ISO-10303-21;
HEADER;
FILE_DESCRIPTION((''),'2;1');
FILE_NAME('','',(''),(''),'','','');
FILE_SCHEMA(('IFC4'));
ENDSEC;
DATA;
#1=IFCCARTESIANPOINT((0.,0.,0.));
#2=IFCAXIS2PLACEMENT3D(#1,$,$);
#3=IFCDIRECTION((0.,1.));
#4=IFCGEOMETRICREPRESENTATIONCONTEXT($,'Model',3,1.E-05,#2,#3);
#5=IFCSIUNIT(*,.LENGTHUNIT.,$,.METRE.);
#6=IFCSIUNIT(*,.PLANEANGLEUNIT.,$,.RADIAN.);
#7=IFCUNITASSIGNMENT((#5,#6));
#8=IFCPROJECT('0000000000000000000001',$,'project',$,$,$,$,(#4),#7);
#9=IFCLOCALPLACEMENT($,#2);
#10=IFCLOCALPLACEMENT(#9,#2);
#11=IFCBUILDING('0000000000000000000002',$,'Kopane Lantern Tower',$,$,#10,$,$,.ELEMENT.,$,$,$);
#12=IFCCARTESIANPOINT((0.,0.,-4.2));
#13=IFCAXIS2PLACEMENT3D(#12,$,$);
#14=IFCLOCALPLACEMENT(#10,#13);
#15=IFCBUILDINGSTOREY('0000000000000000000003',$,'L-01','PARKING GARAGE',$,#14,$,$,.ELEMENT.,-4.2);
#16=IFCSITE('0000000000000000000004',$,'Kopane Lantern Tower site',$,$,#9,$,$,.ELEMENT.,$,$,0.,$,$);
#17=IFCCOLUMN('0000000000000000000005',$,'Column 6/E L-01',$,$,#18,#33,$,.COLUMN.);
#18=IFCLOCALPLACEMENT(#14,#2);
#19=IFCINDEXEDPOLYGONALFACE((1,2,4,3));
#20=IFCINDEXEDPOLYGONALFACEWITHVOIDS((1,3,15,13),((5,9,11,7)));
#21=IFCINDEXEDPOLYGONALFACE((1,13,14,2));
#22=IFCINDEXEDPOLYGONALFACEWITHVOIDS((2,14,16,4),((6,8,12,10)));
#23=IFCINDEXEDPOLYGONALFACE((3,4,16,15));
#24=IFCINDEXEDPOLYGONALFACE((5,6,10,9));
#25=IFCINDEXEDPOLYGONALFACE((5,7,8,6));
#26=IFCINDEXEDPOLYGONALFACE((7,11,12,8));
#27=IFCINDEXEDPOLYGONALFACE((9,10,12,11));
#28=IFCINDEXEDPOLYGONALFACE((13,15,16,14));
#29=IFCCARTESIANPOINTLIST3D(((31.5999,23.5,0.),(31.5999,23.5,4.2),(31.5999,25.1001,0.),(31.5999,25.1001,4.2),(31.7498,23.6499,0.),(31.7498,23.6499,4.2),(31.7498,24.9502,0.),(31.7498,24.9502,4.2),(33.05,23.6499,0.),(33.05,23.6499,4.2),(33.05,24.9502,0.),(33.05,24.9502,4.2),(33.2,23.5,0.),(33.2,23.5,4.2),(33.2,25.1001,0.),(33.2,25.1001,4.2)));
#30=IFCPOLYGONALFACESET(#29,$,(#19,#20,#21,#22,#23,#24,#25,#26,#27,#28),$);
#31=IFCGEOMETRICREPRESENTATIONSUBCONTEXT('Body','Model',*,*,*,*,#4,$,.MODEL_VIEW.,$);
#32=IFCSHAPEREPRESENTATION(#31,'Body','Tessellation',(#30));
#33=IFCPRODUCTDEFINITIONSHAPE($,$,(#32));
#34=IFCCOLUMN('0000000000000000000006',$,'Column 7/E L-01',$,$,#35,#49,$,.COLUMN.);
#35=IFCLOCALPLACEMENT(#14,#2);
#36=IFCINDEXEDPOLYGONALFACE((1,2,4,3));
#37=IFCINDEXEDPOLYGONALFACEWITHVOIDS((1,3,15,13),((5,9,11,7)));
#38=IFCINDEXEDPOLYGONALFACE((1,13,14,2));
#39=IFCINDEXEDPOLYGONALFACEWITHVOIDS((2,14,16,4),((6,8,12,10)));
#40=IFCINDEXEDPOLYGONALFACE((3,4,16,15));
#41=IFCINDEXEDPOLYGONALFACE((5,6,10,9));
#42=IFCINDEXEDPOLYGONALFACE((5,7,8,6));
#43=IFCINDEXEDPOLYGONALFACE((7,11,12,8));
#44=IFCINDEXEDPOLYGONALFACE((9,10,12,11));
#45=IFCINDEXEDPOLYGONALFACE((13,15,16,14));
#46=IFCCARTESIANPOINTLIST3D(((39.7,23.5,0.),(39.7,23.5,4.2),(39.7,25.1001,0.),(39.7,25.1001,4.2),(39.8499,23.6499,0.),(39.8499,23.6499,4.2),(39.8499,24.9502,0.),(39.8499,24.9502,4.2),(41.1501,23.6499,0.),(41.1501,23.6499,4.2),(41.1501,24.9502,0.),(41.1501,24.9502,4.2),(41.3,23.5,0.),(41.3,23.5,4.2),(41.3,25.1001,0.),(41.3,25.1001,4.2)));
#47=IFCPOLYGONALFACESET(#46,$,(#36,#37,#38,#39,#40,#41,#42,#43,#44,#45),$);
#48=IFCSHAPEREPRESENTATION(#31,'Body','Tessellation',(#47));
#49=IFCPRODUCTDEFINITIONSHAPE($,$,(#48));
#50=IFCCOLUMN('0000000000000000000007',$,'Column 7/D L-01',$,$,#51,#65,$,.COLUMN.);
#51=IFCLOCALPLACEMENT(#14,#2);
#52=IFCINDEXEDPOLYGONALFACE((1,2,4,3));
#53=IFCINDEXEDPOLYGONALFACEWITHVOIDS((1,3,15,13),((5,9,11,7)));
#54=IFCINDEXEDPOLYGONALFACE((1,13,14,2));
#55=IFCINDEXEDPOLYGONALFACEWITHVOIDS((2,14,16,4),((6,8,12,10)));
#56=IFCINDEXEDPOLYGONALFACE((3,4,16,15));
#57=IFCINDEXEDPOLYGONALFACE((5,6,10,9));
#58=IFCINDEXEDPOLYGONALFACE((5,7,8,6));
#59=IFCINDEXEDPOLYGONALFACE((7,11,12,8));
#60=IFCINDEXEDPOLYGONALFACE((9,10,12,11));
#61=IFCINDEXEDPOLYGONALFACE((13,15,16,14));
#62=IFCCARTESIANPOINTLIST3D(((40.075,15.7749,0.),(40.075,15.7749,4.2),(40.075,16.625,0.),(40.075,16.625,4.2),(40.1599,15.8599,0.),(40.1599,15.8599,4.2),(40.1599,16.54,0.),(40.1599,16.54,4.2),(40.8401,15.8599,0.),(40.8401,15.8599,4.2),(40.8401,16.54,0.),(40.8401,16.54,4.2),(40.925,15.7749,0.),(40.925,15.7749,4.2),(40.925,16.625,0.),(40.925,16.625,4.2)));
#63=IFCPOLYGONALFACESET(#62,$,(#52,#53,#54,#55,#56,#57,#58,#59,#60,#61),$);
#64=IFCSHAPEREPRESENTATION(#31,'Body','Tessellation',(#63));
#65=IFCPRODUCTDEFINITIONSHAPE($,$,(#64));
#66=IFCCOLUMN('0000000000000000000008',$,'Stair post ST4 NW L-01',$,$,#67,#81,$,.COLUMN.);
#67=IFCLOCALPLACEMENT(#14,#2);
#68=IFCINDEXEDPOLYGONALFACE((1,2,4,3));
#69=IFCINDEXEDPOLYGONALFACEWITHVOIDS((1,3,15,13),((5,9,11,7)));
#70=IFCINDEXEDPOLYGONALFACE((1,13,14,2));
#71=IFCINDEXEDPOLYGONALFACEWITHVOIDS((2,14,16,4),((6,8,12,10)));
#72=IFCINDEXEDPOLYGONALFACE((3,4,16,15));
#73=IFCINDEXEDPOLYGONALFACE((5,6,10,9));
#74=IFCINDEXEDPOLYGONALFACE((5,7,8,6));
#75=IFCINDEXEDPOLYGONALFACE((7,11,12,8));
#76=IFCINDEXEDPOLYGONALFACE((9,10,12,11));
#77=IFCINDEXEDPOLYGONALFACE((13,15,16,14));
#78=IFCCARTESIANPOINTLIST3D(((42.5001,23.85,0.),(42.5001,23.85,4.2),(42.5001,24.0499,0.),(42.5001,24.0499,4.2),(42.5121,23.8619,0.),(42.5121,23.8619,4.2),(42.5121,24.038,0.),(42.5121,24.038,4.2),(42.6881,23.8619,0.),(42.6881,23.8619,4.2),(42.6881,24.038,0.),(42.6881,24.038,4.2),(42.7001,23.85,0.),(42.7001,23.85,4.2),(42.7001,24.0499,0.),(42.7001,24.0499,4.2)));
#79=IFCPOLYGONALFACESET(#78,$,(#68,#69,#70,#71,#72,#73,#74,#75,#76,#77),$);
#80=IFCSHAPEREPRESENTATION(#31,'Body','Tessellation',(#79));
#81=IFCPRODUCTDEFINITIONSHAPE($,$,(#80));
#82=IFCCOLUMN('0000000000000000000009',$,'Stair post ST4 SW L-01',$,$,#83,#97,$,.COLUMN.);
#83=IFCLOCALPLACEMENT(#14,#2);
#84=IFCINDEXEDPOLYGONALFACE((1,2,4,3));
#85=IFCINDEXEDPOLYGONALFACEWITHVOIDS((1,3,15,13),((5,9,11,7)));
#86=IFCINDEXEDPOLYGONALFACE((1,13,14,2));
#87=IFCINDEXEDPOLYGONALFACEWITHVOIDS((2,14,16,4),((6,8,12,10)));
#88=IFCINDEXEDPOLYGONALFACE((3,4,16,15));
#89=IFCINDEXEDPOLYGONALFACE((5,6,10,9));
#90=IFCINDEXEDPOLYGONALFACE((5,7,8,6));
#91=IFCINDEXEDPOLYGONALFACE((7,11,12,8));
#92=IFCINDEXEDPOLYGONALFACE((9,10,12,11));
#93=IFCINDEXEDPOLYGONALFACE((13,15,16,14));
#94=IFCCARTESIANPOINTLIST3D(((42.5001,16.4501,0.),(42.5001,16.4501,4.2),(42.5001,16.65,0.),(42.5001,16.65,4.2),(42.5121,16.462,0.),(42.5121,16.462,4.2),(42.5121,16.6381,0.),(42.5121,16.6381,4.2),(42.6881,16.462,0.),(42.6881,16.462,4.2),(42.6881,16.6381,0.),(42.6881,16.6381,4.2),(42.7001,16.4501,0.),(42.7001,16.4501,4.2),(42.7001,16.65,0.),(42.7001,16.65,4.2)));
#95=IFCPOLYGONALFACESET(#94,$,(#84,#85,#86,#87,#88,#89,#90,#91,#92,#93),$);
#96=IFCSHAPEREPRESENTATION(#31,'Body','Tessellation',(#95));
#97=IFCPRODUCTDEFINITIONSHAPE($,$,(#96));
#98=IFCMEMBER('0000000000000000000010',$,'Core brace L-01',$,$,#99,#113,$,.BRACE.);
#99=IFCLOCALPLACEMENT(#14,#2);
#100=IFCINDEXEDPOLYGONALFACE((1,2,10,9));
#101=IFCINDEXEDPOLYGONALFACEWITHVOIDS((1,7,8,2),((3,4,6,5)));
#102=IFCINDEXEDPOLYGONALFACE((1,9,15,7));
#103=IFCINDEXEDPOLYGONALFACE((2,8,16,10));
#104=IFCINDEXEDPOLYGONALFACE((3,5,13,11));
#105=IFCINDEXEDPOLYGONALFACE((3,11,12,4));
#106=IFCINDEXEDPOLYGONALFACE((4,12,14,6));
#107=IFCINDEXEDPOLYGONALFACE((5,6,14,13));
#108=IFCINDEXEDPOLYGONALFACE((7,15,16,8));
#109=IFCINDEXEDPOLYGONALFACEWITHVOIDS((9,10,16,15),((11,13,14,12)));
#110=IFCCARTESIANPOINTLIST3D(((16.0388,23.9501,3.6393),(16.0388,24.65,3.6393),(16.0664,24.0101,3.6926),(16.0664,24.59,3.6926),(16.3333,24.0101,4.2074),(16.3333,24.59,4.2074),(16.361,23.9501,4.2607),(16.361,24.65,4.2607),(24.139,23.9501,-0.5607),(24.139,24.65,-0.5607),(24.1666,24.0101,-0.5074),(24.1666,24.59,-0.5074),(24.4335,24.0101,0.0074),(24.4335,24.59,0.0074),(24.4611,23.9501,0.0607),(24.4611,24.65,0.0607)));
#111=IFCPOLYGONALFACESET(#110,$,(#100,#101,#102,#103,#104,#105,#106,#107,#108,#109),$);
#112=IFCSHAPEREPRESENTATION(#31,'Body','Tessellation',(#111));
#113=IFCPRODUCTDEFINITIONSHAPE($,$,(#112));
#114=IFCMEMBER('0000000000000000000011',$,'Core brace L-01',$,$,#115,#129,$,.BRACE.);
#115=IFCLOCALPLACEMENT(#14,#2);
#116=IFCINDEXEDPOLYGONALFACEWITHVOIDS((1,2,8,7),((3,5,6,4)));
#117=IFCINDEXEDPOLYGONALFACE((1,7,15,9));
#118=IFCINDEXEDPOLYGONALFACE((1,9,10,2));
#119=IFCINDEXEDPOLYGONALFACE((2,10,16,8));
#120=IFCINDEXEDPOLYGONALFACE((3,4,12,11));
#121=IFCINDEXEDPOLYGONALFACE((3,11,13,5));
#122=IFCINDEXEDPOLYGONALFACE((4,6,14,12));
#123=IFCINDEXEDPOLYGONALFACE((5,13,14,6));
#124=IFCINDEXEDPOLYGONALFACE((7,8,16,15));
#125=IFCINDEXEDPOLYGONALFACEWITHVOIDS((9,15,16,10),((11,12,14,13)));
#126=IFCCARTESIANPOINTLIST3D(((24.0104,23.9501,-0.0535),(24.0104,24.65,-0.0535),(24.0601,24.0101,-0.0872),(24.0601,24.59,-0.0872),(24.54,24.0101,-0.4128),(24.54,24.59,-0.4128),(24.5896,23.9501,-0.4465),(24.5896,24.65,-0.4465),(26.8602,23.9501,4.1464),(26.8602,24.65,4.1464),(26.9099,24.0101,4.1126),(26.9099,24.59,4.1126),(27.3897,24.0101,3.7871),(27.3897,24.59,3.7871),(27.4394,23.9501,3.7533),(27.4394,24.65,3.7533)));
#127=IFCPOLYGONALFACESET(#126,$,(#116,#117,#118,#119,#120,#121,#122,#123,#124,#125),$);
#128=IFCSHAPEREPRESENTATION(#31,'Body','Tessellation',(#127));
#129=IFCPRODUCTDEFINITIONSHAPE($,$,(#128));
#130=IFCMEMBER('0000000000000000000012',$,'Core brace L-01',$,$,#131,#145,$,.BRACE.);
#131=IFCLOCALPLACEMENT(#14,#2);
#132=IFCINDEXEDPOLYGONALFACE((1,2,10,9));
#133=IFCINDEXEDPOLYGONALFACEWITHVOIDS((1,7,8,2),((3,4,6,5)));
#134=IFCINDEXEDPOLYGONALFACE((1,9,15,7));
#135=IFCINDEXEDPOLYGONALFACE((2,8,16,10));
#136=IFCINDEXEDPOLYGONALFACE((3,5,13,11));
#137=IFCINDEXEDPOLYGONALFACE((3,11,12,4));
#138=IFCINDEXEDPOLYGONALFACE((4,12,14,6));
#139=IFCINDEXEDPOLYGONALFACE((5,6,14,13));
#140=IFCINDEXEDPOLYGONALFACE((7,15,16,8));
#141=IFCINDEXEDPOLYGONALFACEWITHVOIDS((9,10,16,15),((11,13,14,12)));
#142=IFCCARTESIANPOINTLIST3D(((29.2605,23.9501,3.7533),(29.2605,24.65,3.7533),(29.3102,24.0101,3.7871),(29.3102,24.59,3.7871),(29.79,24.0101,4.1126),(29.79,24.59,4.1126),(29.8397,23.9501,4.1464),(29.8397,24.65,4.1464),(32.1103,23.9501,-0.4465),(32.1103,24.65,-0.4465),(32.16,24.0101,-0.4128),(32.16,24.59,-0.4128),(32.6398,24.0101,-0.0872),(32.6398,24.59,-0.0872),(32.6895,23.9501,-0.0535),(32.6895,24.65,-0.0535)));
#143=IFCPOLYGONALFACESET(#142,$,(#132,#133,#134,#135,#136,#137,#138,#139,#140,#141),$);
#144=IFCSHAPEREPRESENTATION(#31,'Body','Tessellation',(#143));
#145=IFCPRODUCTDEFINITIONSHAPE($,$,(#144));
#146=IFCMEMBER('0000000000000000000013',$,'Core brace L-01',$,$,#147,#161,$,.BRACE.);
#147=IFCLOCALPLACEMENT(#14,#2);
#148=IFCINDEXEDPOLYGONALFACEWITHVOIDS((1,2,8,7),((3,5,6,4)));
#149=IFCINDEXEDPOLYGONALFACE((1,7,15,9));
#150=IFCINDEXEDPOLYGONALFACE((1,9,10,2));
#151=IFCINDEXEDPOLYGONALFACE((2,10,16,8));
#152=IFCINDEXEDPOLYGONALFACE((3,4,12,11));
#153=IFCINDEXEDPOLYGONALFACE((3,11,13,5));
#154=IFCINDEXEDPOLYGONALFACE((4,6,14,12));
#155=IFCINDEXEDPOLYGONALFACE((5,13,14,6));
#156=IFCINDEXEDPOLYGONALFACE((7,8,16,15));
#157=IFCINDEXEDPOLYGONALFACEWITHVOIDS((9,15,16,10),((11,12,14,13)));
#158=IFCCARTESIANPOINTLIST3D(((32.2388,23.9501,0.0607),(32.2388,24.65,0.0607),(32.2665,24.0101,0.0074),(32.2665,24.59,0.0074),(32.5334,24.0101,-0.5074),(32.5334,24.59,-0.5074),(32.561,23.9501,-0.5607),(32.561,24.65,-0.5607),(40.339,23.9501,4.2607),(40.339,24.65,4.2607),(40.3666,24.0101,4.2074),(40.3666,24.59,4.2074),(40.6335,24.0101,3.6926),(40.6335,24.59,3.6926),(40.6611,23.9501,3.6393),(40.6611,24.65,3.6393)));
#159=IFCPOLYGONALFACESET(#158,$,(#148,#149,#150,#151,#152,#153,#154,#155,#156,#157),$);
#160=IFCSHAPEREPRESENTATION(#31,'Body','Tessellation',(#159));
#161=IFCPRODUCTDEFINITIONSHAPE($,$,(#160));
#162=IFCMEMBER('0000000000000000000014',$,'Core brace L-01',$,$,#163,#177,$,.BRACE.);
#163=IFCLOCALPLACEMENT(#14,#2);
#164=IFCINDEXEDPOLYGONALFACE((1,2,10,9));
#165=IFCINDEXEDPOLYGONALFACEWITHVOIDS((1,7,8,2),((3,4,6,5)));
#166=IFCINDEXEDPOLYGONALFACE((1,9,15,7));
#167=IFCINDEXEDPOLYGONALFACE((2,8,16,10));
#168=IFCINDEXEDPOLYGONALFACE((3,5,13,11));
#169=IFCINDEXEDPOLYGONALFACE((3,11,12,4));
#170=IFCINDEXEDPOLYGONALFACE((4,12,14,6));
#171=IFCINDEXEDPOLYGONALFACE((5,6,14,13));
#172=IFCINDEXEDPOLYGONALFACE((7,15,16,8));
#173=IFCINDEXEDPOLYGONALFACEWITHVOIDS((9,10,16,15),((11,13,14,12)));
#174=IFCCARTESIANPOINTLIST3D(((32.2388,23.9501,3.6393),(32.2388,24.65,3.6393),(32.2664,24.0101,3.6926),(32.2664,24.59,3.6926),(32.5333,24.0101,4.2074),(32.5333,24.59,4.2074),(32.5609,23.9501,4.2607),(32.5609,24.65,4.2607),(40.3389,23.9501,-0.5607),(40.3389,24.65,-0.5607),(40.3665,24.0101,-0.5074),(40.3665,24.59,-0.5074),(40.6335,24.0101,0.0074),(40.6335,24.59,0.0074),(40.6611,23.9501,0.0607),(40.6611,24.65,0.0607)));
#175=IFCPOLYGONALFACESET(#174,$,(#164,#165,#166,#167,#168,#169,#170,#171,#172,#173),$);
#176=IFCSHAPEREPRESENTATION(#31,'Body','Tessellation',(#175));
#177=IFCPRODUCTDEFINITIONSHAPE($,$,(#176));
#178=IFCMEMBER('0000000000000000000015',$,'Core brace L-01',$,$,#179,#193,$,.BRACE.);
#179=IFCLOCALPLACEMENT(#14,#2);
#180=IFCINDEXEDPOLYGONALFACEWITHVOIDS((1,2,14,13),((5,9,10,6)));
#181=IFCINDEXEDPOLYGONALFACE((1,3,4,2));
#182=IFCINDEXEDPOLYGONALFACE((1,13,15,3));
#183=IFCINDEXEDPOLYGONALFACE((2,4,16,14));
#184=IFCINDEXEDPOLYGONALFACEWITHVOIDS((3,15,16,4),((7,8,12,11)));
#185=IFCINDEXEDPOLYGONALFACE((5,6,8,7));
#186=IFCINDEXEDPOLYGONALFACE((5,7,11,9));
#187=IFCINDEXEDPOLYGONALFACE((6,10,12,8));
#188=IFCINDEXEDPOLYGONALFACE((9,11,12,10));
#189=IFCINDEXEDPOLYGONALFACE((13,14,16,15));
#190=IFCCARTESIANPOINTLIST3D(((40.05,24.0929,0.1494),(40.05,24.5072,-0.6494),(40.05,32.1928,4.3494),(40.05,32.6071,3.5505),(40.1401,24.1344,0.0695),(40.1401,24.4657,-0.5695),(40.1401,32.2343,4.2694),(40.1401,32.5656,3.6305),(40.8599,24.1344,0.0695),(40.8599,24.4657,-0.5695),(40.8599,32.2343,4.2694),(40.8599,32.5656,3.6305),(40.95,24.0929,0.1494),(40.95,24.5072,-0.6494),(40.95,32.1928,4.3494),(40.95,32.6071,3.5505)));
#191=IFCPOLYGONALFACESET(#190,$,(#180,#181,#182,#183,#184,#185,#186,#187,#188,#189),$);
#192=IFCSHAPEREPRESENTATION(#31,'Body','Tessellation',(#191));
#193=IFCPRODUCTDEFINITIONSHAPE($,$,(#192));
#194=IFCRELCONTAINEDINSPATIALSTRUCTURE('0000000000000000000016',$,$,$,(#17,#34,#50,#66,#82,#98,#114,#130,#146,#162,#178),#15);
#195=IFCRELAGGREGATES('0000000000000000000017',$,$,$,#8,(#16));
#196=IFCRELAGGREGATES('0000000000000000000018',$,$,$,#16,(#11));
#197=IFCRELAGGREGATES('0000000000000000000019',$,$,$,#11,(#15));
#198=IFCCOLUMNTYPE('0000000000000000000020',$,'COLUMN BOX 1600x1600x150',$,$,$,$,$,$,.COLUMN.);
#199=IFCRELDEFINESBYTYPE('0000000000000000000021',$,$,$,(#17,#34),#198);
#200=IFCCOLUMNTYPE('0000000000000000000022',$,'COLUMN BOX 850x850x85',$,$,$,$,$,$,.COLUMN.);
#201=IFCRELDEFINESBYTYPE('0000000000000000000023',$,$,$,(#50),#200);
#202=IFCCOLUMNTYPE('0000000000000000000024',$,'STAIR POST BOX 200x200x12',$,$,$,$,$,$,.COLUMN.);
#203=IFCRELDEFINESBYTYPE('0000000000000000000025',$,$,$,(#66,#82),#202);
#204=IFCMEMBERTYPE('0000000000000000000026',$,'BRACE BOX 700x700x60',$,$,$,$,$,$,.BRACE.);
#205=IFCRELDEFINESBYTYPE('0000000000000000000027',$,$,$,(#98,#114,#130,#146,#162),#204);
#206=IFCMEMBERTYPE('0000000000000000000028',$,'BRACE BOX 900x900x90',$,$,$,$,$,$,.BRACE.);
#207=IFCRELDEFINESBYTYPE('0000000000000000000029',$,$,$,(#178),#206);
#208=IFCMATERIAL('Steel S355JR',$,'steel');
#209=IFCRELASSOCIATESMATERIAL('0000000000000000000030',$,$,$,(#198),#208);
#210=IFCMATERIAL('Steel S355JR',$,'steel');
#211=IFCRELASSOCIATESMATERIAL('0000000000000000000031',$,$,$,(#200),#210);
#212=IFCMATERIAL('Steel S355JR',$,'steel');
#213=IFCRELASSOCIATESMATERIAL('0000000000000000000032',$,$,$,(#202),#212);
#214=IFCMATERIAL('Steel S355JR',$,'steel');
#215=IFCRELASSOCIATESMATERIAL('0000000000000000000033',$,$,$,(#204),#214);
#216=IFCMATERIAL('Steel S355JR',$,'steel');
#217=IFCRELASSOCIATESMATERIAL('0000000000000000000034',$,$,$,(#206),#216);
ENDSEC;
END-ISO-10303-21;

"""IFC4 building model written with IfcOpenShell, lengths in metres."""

from ifc_helpers import new_model, si_unit, direction, frame, origin, origin_2d, place, context, subcontext, project, spatial, hollow_rectangle, extrude, material, material_profile, profile_set, type_object, element, save


model = new_model("IFC4")

# Units and contexts
model_context = context("Model", 3, precision=1e-05, world=origin(), true_north=direction((0.0, 1.0)))
body_context = subcontext(model_context, "Body", "Model", "MODEL_VIEW")
ifc_project = project(units=[si_unit("LENGTHUNIT", "METRE"), si_unit("PLANEANGLEUNIT", "RADIAN")], contexts=[model_context])

# Site, building, storey
site_placement = place(None, origin())
site = spatial("IfcSite", under=ifc_project, at=site_placement, Name="Kopane Lantern Tower site", CompositionType="ELEMENT", RefElevation=0.0)
building_placement = place(site_placement, origin())
building = spatial("IfcBuilding", under=site, at=building_placement, Name="Kopane Lantern Tower", CompositionType="ELEMENT")
storey_placement = place(building_placement, frame((0.0, 0.0, -4.2)))
storey = spatial("IfcBuildingStorey", under=building, at=storey_placement, Name="L-01", Description="PARKING GARAGE", CompositionType="ELEMENT", Elevation=-4.2)

# Columns
ifc_material_1 = material(Name="Steel S355JR", Category="steel")
ifc_material_profile_1 = material_profile(ifc_material_1, hollow_rectangle(XDim=1.6001, YDim=1.6001, WallThickness=0.1499, at=origin_2d()), Name="BOX 1600x1600x150")
ifc_profile_set_1 = profile_set([ifc_material_profile_1], Name="Steel S355JR")
column_type_1 = type_object("IfcColumnType", Name="COLUMN BOX 1600x1600x150", PredefinedType="COLUMN", material=ifc_profile_set_1)
for number, where, z_axis, x_axis, name in (
    (1, (32.3999, 24.3, 0.0), (0.0, 0.0, 1.0), (1.0, 0.0, 0.0), "Column 6/E L-01"),
    (2, (40.5, 24.3, 0.0), (0.0, 0.0, 1.0), (1.0, 0.0, 0.0), "Column 7/E L-01"),
):
    element("IfcColumn", number, at=place(storey_placement, frame(where, z_axis=z_axis, x_axis=x_axis)), inside=storey, type_object=column_type_1, Name=name, PredefinedType="COLUMN", context=body_context, shape_type="SweptSolid", body=[
        extrude(hollow_rectangle(XDim=1.6001, YDim=1.6001, WallThickness=0.1499, at=origin_2d()), origin(), (0.0, 0.0, 1.0), 4.2),
    ])
ifc_material_2 = material(Name="Steel S355JR", Category="steel")
ifc_material_profile_2 = material_profile(ifc_material_2, hollow_rectangle(XDim=0.8501, YDim=0.8501, WallThickness=0.085, at=origin_2d()), Name="BOX 850x850x85")
ifc_profile_set_2 = profile_set([ifc_material_profile_2], Name="Steel S355JR")
column_type_2 = type_object("IfcColumnType", Name="COLUMN BOX 850x850x85", PredefinedType="COLUMN", material=ifc_profile_set_2)
column_placement = place(storey_placement, frame((40.5, 16.2, 0.0), z_axis=(0.0, 0.0, 1.0), x_axis=(1.0, 0.0, 0.0)))
element("IfcColumn", 3, at=column_placement, inside=storey, type_object=column_type_2, Name="Column 7/D L-01", PredefinedType="COLUMN", context=body_context, shape_type="SweptSolid", body=[
    extrude(hollow_rectangle(XDim=0.8501, YDim=0.8501, WallThickness=0.085, at=origin_2d()), origin(), (0.0, 0.0, 1.0), 4.2),
])
ifc_material_3 = material(Name="Steel S355JR", Category="steel")
ifc_material_profile_3 = material_profile(ifc_material_3, hollow_rectangle(XDim=0.2, YDim=0.2, WallThickness=0.012, at=origin_2d()), Name="BOX 200x200x12")
ifc_profile_set_3 = profile_set([ifc_material_profile_3], Name="Steel S355JR")
column_type_3 = type_object("IfcColumnType", Name="STAIR POST BOX 200x200x12", PredefinedType="COLUMN", material=ifc_profile_set_3)
for number, where, z_axis, x_axis, name in (
    (4, (42.6001, 23.95, 0.0), (0.0, 0.0, 1.0), (1.0, 0.0, 0.0), "Stair post ST4 NW L-01"),
    (5, (42.6001, 16.55, 0.0), (0.0, 0.0, 1.0), (1.0, 0.0, 0.0), "Stair post ST4 SW L-01"),
):
    element("IfcColumn", number, at=place(storey_placement, frame(where, z_axis=z_axis, x_axis=x_axis)), inside=storey, type_object=column_type_3, Name=name, PredefinedType="COLUMN", context=body_context, shape_type="SweptSolid", body=[
        extrude(hollow_rectangle(XDim=0.2, YDim=0.2, WallThickness=0.012, at=origin_2d()), origin(), (0.0, 0.0, 1.0), 4.2),
    ])

# Members
ifc_material_4 = material(Name="Steel S355JR", Category="steel")
ifc_material_profile_4 = material_profile(ifc_material_4, hollow_rectangle(XDim=0.7, YDim=0.7, WallThickness=0.0601, at=origin_2d()), Name="BOX 700x700x60")
ifc_profile_set_4 = profile_set([ifc_material_profile_4], Name="Steel S355JR")
member_type_1 = type_object("IfcMemberType", Name="BRACE BOX 700x700x60", PredefinedType="BRACE", material=ifc_profile_set_4)
member_1_placement = place(storey_placement, frame((24.3, 24.3, -0.25), z_axis=(-0.887759, 0.0, 0.460309), x_axis=(0.0, -1.0, 0.0)))
element("IfcMember", 6, at=member_1_placement, inside=storey, type_object=member_type_1, Name="Core brace L-01", PredefinedType="BRACE", context=body_context, shape_type="SweptSolid", body=[
    extrude(hollow_rectangle(XDim=0.7, YDim=0.7, WallThickness=0.0601, at=origin_2d()), origin(), (0.0, 0.0, 1.0), 9.1243),
])
for number, where, z_axis, x_axis, name in (
    (7, (24.3, 24.3, -0.25), (0.561486, 0.0, 0.827486), (0.0, 1.0, 0.0), "Core brace L-01"),
    (8, (32.3999, 24.3, -0.25), (-0.561486, 0.0, 0.827486), (0.0, -1.0, 0.0), "Core brace L-01"),
):
    element("IfcMember", number, at=place(storey_placement, frame(where, z_axis=z_axis, x_axis=x_axis)), inside=storey, type_object=member_type_1, Name=name, PredefinedType="BRACE", context=body_context, shape_type="SweptSolid", body=[
        extrude(hollow_rectangle(XDim=0.7, YDim=0.7, WallThickness=0.0601, at=origin_2d()), origin(), (0.0, 0.0, 1.0), 5.0754),
    ])
for number, where, z_axis, x_axis, name in (
    (9, (32.3999, 24.3, -0.25), (0.887759, 0.0, 0.460309), (0.0, 1.0, 0.0), "Core brace L-01"),
    (10, (40.5, 24.3, -0.25), (-0.887759, 0.0, 0.460309), (0.0, -1.0, 0.0), "Core brace L-01"),
):
    element("IfcMember", number, at=place(storey_placement, frame(where, z_axis=z_axis, x_axis=x_axis)), inside=storey, type_object=member_type_1, Name=name, PredefinedType="BRACE", context=body_context, shape_type="SweptSolid", body=[
        extrude(hollow_rectangle(XDim=0.7, YDim=0.7, WallThickness=0.0601, at=origin_2d()), origin(), (0.0, 0.0, 1.0), 9.1243),
    ])
ifc_material_5 = material(Name="Steel S355JR", Category="steel")
ifc_material_profile_5 = material_profile(ifc_material_5, hollow_rectangle(XDim=0.8999, YDim=0.8999, WallThickness=0.0901, at=origin_2d()), Name="BOX 900x900x90")
ifc_profile_set_5 = profile_set([ifc_material_profile_5], Name="Steel S355JR")
member_type_2 = type_object("IfcMemberType", Name="BRACE BOX 900x900x90", PredefinedType="BRACE", material=ifc_profile_set_5)
member_2_placement = place(storey_placement, frame((40.5, 24.3, -0.25), z_axis=(0.0, 0.887753, 0.46032), x_axis=(-1.0, 0.0, 0.0)))
element("IfcMember", 11, at=member_2_placement, inside=storey, type_object=member_type_2, Name="Core brace L-01", PredefinedType="BRACE", context=body_context, shape_type="SweptSolid", body=[
    extrude(hollow_rectangle(XDim=0.8999, YDim=0.8999, WallThickness=0.0901, at=origin_2d()), origin(), (0.0, 0.0, 1.0), 9.124),
])

save(model, "model.ifc")
